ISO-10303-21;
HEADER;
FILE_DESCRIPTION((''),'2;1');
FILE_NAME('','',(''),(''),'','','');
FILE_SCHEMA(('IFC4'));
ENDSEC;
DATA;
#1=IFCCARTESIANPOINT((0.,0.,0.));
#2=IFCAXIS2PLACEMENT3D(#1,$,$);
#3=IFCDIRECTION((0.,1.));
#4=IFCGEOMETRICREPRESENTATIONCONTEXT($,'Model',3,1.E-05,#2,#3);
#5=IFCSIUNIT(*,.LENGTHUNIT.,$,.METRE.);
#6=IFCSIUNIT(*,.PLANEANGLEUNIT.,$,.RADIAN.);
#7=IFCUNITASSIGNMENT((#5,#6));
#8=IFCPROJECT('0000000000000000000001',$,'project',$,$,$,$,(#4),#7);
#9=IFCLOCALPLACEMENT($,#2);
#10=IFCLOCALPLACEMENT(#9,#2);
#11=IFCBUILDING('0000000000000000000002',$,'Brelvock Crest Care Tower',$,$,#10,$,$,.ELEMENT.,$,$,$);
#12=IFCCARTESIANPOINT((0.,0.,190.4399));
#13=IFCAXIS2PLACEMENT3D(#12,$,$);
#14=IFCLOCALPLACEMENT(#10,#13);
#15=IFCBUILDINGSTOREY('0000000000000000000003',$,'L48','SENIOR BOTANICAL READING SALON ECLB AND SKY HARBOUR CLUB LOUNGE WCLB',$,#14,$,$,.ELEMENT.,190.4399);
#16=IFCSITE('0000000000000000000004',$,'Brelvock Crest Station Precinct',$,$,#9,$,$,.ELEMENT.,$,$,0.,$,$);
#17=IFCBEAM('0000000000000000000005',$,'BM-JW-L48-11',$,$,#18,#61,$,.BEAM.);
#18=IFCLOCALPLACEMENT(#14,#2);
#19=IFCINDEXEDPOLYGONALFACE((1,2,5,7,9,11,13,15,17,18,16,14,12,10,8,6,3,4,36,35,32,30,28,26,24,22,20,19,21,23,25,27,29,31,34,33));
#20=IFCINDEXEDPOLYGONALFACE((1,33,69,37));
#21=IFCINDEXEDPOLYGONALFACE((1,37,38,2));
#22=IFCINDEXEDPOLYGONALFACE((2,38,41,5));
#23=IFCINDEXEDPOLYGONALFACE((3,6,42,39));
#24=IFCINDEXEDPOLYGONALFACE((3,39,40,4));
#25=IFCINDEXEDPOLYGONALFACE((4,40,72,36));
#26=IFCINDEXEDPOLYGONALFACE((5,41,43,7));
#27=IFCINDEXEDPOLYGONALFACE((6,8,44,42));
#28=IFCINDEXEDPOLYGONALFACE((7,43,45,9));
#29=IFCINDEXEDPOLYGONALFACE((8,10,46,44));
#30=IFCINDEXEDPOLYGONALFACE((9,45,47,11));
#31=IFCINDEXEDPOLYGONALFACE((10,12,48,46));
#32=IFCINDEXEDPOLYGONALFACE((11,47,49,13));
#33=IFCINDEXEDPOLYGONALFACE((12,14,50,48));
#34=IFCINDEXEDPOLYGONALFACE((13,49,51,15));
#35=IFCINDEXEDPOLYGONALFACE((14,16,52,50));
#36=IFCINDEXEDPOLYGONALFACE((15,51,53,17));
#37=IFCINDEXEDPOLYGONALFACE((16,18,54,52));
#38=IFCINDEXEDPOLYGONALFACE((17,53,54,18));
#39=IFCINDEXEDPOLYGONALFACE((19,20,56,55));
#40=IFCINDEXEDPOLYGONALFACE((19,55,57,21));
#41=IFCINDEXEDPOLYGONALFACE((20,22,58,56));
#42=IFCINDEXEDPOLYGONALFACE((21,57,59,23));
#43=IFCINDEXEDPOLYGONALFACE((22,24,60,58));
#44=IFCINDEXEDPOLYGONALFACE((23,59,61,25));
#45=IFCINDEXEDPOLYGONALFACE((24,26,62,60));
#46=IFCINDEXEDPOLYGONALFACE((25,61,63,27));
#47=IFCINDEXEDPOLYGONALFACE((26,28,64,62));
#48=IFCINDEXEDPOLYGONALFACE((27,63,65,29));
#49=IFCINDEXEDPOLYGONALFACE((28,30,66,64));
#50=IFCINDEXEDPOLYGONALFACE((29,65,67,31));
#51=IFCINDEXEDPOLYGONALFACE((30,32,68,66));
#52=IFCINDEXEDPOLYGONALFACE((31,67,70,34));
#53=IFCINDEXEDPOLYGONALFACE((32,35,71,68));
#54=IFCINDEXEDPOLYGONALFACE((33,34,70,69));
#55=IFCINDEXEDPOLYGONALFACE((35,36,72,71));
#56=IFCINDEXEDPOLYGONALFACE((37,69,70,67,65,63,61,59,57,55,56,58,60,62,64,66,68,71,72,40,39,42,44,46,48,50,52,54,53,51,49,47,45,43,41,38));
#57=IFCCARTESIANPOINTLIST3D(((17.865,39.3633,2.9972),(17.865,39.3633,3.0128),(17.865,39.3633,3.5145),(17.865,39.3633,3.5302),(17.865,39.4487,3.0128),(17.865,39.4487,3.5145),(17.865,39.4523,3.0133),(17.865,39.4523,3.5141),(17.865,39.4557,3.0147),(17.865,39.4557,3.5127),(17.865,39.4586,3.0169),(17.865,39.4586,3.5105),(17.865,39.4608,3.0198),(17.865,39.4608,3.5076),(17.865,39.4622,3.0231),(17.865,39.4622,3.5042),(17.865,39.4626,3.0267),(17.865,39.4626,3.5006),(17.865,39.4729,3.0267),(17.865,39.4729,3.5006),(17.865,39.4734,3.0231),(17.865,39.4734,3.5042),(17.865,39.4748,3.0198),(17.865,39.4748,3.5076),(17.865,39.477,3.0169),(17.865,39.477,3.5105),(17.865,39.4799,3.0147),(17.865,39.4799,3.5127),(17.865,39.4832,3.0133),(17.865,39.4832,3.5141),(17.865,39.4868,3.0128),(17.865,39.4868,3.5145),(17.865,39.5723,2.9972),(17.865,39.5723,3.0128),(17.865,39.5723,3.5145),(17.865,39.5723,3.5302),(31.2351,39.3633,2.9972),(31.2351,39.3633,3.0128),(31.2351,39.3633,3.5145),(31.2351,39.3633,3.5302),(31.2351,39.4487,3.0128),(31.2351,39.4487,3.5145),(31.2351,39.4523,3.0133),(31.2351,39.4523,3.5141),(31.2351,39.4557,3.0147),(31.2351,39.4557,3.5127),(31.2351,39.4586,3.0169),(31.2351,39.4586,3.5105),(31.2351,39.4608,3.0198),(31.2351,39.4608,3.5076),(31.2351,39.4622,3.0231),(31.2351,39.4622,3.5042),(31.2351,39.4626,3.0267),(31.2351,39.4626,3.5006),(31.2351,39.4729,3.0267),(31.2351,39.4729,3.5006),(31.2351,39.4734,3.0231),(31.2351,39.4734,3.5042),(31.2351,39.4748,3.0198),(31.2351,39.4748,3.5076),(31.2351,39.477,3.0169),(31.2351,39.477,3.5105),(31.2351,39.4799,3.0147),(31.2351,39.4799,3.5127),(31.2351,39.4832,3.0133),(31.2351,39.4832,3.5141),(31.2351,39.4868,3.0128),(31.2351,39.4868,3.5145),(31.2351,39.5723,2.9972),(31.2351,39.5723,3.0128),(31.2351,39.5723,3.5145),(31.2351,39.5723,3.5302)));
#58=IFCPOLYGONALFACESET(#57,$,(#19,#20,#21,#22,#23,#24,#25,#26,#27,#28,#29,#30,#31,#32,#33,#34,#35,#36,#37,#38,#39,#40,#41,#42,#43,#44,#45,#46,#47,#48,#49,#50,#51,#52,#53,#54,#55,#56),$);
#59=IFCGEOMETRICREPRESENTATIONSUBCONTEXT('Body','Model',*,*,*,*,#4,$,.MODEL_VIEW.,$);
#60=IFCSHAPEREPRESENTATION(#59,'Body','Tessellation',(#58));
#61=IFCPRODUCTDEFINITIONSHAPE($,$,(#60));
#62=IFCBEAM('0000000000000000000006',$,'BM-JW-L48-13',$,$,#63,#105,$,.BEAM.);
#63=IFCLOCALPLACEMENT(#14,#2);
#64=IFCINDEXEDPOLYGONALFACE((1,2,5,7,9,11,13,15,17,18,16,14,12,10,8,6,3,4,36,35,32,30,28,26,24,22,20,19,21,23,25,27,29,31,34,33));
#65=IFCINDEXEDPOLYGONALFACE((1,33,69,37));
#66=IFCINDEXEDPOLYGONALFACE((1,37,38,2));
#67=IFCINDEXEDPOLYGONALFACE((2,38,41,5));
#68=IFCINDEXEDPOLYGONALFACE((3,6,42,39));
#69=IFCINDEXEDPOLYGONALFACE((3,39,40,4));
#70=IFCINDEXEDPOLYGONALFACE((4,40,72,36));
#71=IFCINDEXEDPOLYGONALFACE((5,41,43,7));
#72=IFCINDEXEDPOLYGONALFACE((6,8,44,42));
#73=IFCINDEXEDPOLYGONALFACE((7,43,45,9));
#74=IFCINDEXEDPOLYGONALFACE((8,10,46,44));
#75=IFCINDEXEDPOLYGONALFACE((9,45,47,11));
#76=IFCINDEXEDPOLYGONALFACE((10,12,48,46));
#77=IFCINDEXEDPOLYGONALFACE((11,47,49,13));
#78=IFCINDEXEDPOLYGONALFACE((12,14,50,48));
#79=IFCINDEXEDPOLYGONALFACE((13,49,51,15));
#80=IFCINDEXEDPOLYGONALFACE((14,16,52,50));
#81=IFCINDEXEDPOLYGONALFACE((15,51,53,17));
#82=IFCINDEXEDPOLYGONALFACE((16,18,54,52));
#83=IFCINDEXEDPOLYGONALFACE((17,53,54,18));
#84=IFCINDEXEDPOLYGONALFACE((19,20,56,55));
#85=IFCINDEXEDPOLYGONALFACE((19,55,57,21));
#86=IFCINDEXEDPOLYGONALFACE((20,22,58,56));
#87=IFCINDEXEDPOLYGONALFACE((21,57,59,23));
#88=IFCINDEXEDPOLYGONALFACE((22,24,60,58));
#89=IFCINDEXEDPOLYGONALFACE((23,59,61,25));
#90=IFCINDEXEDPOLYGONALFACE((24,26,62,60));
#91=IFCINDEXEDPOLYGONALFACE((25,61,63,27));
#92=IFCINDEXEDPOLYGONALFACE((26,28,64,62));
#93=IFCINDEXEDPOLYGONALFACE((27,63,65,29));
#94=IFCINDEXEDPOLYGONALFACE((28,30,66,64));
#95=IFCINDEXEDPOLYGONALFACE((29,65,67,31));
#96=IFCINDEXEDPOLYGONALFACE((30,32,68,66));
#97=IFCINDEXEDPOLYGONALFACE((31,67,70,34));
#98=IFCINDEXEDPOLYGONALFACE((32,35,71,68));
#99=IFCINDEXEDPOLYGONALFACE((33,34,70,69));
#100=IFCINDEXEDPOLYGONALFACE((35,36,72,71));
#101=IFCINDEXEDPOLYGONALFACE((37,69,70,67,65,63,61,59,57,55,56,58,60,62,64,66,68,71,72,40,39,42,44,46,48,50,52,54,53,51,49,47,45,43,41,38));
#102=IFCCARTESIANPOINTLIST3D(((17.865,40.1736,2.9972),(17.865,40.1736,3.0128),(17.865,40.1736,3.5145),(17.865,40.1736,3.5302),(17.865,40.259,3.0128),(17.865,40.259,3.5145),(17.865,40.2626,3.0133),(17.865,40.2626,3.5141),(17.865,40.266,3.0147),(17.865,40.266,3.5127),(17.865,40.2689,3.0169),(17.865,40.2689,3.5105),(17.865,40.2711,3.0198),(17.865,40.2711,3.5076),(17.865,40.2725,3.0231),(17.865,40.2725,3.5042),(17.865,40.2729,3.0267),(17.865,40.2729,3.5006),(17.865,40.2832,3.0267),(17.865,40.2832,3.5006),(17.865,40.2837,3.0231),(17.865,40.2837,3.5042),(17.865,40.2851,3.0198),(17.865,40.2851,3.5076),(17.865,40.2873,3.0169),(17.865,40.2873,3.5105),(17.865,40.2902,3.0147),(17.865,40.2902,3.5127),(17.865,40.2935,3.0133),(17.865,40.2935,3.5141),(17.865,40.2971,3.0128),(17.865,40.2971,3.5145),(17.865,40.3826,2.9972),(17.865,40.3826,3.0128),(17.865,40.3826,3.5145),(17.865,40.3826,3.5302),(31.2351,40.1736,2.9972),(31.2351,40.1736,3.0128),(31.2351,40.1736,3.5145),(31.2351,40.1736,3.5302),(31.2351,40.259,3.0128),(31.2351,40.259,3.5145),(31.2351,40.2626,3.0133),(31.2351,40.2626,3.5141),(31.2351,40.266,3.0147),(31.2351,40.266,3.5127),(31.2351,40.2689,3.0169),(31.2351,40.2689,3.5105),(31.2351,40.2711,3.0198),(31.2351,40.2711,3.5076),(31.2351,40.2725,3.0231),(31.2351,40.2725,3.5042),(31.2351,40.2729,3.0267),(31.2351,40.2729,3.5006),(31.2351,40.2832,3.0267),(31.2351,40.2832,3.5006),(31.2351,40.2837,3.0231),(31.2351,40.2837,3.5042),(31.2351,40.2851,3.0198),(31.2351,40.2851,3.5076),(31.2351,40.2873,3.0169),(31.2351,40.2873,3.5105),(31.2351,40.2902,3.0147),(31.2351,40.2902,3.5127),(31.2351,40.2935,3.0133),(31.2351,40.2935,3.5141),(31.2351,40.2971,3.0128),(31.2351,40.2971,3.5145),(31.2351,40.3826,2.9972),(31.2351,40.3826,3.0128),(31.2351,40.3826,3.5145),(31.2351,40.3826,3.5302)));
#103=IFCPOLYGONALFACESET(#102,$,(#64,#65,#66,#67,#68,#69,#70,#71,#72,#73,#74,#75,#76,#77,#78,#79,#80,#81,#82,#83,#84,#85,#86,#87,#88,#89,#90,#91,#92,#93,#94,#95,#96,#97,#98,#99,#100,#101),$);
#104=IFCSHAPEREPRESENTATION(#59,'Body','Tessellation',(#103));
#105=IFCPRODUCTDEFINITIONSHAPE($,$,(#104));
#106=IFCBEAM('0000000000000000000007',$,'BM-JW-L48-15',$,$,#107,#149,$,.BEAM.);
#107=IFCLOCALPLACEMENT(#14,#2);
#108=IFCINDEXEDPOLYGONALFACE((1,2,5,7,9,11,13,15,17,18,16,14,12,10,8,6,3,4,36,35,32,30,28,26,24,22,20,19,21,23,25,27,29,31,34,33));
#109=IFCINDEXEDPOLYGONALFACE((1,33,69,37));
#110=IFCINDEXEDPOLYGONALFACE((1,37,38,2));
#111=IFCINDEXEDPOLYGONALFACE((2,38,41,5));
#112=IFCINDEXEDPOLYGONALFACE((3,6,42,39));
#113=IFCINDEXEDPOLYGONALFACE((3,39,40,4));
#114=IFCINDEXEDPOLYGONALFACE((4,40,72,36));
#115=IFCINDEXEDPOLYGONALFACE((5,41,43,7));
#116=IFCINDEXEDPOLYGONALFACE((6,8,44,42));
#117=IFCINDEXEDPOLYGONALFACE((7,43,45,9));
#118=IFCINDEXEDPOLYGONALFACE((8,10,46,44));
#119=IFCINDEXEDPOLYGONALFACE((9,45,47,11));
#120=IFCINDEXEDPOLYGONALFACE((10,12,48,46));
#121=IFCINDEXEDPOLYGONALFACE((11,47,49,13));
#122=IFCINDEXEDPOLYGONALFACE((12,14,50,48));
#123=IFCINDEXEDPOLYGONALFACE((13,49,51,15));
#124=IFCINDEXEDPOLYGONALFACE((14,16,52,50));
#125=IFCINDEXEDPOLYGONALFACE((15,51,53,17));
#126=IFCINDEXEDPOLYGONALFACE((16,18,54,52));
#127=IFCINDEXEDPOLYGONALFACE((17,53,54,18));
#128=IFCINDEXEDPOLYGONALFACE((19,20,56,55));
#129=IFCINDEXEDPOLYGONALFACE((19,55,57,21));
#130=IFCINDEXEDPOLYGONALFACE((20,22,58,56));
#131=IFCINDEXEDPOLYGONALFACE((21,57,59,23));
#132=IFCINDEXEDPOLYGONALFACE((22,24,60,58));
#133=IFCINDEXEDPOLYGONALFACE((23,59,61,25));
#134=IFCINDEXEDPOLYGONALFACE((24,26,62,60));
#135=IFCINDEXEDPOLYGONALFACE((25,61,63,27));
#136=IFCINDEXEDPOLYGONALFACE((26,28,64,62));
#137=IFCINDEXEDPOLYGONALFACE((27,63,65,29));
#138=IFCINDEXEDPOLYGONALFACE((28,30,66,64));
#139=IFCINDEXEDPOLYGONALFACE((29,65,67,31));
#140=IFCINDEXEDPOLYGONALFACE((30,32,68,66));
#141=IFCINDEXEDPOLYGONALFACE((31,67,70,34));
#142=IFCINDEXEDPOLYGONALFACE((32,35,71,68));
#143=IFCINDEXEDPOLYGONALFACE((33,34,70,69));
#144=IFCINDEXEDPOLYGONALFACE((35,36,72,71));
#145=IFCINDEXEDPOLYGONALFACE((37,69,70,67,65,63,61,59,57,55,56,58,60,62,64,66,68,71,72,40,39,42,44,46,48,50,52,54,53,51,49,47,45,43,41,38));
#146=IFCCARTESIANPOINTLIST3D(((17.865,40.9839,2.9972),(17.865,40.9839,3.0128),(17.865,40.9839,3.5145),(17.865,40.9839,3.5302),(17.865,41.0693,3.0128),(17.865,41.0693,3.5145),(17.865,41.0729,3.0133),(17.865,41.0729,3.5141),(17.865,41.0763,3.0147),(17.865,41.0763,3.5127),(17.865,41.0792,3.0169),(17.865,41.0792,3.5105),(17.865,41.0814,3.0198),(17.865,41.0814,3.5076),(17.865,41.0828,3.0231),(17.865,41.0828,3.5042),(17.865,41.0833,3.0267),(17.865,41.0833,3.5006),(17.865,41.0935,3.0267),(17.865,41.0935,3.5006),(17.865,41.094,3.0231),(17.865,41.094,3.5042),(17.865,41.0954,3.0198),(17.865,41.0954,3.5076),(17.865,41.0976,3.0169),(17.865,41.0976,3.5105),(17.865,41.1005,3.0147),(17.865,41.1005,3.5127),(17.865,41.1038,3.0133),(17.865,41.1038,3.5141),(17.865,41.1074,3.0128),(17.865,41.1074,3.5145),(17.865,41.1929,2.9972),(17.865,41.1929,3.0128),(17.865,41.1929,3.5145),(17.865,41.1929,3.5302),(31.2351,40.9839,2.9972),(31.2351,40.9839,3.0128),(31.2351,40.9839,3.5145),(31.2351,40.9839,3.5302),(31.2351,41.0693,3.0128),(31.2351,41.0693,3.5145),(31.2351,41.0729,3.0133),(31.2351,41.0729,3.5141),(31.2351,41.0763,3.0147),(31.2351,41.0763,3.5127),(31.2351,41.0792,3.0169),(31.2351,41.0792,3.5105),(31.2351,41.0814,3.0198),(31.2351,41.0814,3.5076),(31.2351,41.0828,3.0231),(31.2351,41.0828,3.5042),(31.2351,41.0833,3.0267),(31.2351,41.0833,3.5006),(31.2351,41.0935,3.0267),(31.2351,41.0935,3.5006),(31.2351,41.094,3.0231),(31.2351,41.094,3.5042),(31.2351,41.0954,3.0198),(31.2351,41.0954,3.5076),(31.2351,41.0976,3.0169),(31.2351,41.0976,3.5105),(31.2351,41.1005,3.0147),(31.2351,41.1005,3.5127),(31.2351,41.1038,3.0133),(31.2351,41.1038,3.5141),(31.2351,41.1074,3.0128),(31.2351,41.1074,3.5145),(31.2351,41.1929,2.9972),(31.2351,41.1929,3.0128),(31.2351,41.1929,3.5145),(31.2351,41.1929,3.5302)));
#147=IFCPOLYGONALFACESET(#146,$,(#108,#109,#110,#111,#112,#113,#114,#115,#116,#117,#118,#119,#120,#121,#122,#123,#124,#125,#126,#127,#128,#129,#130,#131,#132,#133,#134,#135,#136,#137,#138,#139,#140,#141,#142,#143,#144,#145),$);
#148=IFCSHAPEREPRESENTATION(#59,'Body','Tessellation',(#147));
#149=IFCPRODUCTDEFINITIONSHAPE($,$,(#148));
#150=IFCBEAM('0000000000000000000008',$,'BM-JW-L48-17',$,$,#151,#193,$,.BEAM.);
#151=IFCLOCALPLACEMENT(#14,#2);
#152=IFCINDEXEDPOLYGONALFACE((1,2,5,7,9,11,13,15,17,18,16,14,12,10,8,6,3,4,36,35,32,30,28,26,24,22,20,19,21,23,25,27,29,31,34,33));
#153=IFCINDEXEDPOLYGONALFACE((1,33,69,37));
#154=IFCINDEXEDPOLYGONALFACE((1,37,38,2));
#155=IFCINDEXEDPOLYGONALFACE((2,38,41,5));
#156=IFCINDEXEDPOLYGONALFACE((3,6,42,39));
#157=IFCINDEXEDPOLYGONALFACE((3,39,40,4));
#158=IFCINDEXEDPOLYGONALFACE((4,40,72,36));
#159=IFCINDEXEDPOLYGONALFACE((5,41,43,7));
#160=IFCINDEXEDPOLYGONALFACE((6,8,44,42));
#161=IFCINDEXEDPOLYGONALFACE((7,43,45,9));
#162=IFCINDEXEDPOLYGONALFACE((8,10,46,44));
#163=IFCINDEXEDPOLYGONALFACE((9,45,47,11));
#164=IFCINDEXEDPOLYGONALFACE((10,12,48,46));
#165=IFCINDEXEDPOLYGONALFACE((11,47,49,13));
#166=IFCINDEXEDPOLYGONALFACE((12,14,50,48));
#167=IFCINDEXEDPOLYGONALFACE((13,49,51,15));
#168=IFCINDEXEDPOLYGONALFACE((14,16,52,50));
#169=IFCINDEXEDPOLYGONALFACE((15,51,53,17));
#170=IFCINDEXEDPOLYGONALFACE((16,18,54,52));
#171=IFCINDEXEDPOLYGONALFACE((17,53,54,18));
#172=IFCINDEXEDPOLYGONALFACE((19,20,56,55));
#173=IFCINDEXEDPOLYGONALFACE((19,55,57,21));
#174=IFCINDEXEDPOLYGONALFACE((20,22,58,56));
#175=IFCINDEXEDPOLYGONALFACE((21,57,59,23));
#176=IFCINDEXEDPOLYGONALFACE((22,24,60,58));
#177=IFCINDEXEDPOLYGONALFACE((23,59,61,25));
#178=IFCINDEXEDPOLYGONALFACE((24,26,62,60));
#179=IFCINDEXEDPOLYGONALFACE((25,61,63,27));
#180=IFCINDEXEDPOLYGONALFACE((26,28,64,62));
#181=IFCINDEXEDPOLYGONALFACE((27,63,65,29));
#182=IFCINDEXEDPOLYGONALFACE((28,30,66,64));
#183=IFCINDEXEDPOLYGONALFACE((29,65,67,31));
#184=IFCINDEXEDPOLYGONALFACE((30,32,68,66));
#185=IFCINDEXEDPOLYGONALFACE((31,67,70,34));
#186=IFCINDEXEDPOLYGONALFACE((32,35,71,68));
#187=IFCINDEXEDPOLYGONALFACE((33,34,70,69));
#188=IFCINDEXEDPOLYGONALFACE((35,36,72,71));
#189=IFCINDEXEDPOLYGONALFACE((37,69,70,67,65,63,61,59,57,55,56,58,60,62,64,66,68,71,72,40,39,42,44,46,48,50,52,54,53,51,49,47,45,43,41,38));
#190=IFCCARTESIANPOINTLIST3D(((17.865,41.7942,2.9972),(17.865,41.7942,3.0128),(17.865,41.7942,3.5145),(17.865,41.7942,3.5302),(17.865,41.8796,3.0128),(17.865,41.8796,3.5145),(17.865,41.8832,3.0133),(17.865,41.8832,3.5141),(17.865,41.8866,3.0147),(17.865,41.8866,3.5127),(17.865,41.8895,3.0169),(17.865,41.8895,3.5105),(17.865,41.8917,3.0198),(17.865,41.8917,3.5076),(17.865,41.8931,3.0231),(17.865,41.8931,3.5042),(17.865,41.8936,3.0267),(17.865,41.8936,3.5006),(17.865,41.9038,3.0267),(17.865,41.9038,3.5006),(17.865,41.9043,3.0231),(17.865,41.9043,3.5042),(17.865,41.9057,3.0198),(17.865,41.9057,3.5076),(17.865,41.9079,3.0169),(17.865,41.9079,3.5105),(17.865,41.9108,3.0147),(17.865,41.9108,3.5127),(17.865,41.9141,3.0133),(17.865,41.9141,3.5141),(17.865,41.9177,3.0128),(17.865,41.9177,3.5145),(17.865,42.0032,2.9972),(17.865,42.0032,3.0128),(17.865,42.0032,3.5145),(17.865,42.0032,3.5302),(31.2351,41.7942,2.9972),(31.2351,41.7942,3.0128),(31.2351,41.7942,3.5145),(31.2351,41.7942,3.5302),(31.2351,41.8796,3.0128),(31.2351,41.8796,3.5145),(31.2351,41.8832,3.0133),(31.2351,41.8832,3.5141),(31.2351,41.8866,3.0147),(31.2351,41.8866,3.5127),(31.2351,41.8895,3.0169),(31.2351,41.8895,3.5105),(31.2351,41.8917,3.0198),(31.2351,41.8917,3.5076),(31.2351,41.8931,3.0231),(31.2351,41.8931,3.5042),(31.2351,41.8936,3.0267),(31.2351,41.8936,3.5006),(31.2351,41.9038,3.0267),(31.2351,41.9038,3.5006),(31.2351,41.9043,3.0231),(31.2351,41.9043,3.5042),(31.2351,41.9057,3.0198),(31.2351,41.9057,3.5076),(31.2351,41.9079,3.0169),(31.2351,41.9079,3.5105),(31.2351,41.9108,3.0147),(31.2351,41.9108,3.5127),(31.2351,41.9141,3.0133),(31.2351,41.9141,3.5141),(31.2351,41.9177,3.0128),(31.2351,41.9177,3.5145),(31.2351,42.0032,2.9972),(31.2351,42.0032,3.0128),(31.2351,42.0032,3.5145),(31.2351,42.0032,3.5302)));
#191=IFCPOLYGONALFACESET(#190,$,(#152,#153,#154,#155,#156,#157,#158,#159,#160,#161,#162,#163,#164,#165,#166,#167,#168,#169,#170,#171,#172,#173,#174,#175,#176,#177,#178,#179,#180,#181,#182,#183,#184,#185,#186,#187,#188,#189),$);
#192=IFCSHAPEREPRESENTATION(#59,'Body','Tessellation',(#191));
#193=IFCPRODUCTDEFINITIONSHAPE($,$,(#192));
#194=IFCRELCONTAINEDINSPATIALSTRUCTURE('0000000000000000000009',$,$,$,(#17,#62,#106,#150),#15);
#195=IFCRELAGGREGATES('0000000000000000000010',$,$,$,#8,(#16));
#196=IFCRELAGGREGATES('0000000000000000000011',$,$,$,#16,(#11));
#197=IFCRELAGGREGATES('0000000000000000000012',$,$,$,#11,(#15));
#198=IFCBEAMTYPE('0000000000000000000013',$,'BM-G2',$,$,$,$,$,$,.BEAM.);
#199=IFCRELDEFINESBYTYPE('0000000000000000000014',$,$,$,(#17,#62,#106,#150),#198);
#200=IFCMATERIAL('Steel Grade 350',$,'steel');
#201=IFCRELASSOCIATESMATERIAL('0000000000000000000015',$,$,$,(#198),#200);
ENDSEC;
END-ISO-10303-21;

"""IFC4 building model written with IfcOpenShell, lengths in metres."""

from ifc_helpers import new_model, si_unit, direction, frame, origin, origin_2d, place, context, subcontext, project, spatial, i_section, extrude, source, transform, mapped, material, material_profile, profile_set, type_object, element, save


model = new_model("IFC4")

# Units and contexts
model_context = context("Model", 3, precision=1e-05, world=origin(), true_north=direction((0.0, 1.0)))
body_context = subcontext(model_context, "Body", "Model", "MODEL_VIEW")
ifc_project = project(units=[si_unit("LENGTHUNIT", "METRE"), si_unit("PLANEANGLEUNIT", "RADIAN")], contexts=[model_context])

# Site, building, storey
site_placement = place(None, origin())
site = spatial("IfcSite", under=ifc_project, at=site_placement, Name="Brelvock Crest Station Precinct", CompositionType="ELEMENT", RefElevation=0.0)
building_placement = place(site_placement, origin())
building = spatial("IfcBuilding", under=site, at=building_placement, Name="Brelvock Crest Care Tower", CompositionType="ELEMENT")
storey_placement = place(building_placement, frame((0.0, 0.0, 190.4399)))
storey = spatial("IfcBuildingStorey", under=building, at=storey_placement, Name="L48", Description="SENIOR BOTANICAL READING SALON ECLB AND SKY HARBOUR CLUB LOUNGE WCLB", CompositionType="ELEMENT", Elevation=190.4399)

# Beams
ifc_material_1 = material(Name="Steel Grade 350", Category="steel")
ifc_material_profile_1 = material_profile(ifc_material_1, i_section(OverallWidth=0.209, OverallDepth=0.533, WebThickness=0.0103, FlangeThickness=0.0156, FilletRadius=0.0139, at=origin_2d()), Name="530UB92.4")
ifc_profile_set_1 = profile_set([ifc_material_profile_1], Name="Steel Grade 350")
beam_type_1 = type_object("IfcBeamType", Name="BM-G2", PredefinedType="BEAM", material=ifc_profile_set_1)
shared_shape_1 = source(origin(), body_context, "Body", "SweptSolid", [
    extrude(i_section(OverallWidth=0.209, OverallDepth=0.533, WebThickness=0.0103, FlangeThickness=0.0156, FilletRadius=0.0139, at=origin_2d()), origin(), (0.0, 0.0, 1.0), 13.3701),
])
for number, where, z_axis, x_axis, name in (
    (1, (17.865, 39.4678, 3.2637), (1.0, 0.0, 0.0), (0.0, 1.0, 0.0), "BM-JW-L48-11"),
    (2, (17.865, 40.2781, 3.2637), (1.0, 0.0, 0.0), (0.0, 1.0, 0.0), "BM-JW-L48-13"),
    (3, (17.865, 41.0884, 3.2637), (1.0, 0.0, 0.0), (0.0, 1.0, 0.0), "BM-JW-L48-15"),
    (4, (17.865, 41.8987, 3.2637), (1.0, 0.0, 0.0), (0.0, 1.0, 0.0), "BM-JW-L48-17"),
):
    element("IfcBeam", number, at=place(storey_placement, frame(where, z_axis=z_axis, x_axis=x_axis)), inside=storey, type_object=beam_type_1, Name=name, PredefinedType="BEAM", context=body_context, shape_type="MappedRepresentation", body=[
        mapped(shared_shape_1, transform((0.0, 0.0, 0.0), x_axis=(1.0, 0.0, 0.0), y_axis=(0.0, 1.0, 0.0), z_axis=(0.0, 0.0, 1.0), scale=1.0)),
    ])

save(model, "model.ifc")
